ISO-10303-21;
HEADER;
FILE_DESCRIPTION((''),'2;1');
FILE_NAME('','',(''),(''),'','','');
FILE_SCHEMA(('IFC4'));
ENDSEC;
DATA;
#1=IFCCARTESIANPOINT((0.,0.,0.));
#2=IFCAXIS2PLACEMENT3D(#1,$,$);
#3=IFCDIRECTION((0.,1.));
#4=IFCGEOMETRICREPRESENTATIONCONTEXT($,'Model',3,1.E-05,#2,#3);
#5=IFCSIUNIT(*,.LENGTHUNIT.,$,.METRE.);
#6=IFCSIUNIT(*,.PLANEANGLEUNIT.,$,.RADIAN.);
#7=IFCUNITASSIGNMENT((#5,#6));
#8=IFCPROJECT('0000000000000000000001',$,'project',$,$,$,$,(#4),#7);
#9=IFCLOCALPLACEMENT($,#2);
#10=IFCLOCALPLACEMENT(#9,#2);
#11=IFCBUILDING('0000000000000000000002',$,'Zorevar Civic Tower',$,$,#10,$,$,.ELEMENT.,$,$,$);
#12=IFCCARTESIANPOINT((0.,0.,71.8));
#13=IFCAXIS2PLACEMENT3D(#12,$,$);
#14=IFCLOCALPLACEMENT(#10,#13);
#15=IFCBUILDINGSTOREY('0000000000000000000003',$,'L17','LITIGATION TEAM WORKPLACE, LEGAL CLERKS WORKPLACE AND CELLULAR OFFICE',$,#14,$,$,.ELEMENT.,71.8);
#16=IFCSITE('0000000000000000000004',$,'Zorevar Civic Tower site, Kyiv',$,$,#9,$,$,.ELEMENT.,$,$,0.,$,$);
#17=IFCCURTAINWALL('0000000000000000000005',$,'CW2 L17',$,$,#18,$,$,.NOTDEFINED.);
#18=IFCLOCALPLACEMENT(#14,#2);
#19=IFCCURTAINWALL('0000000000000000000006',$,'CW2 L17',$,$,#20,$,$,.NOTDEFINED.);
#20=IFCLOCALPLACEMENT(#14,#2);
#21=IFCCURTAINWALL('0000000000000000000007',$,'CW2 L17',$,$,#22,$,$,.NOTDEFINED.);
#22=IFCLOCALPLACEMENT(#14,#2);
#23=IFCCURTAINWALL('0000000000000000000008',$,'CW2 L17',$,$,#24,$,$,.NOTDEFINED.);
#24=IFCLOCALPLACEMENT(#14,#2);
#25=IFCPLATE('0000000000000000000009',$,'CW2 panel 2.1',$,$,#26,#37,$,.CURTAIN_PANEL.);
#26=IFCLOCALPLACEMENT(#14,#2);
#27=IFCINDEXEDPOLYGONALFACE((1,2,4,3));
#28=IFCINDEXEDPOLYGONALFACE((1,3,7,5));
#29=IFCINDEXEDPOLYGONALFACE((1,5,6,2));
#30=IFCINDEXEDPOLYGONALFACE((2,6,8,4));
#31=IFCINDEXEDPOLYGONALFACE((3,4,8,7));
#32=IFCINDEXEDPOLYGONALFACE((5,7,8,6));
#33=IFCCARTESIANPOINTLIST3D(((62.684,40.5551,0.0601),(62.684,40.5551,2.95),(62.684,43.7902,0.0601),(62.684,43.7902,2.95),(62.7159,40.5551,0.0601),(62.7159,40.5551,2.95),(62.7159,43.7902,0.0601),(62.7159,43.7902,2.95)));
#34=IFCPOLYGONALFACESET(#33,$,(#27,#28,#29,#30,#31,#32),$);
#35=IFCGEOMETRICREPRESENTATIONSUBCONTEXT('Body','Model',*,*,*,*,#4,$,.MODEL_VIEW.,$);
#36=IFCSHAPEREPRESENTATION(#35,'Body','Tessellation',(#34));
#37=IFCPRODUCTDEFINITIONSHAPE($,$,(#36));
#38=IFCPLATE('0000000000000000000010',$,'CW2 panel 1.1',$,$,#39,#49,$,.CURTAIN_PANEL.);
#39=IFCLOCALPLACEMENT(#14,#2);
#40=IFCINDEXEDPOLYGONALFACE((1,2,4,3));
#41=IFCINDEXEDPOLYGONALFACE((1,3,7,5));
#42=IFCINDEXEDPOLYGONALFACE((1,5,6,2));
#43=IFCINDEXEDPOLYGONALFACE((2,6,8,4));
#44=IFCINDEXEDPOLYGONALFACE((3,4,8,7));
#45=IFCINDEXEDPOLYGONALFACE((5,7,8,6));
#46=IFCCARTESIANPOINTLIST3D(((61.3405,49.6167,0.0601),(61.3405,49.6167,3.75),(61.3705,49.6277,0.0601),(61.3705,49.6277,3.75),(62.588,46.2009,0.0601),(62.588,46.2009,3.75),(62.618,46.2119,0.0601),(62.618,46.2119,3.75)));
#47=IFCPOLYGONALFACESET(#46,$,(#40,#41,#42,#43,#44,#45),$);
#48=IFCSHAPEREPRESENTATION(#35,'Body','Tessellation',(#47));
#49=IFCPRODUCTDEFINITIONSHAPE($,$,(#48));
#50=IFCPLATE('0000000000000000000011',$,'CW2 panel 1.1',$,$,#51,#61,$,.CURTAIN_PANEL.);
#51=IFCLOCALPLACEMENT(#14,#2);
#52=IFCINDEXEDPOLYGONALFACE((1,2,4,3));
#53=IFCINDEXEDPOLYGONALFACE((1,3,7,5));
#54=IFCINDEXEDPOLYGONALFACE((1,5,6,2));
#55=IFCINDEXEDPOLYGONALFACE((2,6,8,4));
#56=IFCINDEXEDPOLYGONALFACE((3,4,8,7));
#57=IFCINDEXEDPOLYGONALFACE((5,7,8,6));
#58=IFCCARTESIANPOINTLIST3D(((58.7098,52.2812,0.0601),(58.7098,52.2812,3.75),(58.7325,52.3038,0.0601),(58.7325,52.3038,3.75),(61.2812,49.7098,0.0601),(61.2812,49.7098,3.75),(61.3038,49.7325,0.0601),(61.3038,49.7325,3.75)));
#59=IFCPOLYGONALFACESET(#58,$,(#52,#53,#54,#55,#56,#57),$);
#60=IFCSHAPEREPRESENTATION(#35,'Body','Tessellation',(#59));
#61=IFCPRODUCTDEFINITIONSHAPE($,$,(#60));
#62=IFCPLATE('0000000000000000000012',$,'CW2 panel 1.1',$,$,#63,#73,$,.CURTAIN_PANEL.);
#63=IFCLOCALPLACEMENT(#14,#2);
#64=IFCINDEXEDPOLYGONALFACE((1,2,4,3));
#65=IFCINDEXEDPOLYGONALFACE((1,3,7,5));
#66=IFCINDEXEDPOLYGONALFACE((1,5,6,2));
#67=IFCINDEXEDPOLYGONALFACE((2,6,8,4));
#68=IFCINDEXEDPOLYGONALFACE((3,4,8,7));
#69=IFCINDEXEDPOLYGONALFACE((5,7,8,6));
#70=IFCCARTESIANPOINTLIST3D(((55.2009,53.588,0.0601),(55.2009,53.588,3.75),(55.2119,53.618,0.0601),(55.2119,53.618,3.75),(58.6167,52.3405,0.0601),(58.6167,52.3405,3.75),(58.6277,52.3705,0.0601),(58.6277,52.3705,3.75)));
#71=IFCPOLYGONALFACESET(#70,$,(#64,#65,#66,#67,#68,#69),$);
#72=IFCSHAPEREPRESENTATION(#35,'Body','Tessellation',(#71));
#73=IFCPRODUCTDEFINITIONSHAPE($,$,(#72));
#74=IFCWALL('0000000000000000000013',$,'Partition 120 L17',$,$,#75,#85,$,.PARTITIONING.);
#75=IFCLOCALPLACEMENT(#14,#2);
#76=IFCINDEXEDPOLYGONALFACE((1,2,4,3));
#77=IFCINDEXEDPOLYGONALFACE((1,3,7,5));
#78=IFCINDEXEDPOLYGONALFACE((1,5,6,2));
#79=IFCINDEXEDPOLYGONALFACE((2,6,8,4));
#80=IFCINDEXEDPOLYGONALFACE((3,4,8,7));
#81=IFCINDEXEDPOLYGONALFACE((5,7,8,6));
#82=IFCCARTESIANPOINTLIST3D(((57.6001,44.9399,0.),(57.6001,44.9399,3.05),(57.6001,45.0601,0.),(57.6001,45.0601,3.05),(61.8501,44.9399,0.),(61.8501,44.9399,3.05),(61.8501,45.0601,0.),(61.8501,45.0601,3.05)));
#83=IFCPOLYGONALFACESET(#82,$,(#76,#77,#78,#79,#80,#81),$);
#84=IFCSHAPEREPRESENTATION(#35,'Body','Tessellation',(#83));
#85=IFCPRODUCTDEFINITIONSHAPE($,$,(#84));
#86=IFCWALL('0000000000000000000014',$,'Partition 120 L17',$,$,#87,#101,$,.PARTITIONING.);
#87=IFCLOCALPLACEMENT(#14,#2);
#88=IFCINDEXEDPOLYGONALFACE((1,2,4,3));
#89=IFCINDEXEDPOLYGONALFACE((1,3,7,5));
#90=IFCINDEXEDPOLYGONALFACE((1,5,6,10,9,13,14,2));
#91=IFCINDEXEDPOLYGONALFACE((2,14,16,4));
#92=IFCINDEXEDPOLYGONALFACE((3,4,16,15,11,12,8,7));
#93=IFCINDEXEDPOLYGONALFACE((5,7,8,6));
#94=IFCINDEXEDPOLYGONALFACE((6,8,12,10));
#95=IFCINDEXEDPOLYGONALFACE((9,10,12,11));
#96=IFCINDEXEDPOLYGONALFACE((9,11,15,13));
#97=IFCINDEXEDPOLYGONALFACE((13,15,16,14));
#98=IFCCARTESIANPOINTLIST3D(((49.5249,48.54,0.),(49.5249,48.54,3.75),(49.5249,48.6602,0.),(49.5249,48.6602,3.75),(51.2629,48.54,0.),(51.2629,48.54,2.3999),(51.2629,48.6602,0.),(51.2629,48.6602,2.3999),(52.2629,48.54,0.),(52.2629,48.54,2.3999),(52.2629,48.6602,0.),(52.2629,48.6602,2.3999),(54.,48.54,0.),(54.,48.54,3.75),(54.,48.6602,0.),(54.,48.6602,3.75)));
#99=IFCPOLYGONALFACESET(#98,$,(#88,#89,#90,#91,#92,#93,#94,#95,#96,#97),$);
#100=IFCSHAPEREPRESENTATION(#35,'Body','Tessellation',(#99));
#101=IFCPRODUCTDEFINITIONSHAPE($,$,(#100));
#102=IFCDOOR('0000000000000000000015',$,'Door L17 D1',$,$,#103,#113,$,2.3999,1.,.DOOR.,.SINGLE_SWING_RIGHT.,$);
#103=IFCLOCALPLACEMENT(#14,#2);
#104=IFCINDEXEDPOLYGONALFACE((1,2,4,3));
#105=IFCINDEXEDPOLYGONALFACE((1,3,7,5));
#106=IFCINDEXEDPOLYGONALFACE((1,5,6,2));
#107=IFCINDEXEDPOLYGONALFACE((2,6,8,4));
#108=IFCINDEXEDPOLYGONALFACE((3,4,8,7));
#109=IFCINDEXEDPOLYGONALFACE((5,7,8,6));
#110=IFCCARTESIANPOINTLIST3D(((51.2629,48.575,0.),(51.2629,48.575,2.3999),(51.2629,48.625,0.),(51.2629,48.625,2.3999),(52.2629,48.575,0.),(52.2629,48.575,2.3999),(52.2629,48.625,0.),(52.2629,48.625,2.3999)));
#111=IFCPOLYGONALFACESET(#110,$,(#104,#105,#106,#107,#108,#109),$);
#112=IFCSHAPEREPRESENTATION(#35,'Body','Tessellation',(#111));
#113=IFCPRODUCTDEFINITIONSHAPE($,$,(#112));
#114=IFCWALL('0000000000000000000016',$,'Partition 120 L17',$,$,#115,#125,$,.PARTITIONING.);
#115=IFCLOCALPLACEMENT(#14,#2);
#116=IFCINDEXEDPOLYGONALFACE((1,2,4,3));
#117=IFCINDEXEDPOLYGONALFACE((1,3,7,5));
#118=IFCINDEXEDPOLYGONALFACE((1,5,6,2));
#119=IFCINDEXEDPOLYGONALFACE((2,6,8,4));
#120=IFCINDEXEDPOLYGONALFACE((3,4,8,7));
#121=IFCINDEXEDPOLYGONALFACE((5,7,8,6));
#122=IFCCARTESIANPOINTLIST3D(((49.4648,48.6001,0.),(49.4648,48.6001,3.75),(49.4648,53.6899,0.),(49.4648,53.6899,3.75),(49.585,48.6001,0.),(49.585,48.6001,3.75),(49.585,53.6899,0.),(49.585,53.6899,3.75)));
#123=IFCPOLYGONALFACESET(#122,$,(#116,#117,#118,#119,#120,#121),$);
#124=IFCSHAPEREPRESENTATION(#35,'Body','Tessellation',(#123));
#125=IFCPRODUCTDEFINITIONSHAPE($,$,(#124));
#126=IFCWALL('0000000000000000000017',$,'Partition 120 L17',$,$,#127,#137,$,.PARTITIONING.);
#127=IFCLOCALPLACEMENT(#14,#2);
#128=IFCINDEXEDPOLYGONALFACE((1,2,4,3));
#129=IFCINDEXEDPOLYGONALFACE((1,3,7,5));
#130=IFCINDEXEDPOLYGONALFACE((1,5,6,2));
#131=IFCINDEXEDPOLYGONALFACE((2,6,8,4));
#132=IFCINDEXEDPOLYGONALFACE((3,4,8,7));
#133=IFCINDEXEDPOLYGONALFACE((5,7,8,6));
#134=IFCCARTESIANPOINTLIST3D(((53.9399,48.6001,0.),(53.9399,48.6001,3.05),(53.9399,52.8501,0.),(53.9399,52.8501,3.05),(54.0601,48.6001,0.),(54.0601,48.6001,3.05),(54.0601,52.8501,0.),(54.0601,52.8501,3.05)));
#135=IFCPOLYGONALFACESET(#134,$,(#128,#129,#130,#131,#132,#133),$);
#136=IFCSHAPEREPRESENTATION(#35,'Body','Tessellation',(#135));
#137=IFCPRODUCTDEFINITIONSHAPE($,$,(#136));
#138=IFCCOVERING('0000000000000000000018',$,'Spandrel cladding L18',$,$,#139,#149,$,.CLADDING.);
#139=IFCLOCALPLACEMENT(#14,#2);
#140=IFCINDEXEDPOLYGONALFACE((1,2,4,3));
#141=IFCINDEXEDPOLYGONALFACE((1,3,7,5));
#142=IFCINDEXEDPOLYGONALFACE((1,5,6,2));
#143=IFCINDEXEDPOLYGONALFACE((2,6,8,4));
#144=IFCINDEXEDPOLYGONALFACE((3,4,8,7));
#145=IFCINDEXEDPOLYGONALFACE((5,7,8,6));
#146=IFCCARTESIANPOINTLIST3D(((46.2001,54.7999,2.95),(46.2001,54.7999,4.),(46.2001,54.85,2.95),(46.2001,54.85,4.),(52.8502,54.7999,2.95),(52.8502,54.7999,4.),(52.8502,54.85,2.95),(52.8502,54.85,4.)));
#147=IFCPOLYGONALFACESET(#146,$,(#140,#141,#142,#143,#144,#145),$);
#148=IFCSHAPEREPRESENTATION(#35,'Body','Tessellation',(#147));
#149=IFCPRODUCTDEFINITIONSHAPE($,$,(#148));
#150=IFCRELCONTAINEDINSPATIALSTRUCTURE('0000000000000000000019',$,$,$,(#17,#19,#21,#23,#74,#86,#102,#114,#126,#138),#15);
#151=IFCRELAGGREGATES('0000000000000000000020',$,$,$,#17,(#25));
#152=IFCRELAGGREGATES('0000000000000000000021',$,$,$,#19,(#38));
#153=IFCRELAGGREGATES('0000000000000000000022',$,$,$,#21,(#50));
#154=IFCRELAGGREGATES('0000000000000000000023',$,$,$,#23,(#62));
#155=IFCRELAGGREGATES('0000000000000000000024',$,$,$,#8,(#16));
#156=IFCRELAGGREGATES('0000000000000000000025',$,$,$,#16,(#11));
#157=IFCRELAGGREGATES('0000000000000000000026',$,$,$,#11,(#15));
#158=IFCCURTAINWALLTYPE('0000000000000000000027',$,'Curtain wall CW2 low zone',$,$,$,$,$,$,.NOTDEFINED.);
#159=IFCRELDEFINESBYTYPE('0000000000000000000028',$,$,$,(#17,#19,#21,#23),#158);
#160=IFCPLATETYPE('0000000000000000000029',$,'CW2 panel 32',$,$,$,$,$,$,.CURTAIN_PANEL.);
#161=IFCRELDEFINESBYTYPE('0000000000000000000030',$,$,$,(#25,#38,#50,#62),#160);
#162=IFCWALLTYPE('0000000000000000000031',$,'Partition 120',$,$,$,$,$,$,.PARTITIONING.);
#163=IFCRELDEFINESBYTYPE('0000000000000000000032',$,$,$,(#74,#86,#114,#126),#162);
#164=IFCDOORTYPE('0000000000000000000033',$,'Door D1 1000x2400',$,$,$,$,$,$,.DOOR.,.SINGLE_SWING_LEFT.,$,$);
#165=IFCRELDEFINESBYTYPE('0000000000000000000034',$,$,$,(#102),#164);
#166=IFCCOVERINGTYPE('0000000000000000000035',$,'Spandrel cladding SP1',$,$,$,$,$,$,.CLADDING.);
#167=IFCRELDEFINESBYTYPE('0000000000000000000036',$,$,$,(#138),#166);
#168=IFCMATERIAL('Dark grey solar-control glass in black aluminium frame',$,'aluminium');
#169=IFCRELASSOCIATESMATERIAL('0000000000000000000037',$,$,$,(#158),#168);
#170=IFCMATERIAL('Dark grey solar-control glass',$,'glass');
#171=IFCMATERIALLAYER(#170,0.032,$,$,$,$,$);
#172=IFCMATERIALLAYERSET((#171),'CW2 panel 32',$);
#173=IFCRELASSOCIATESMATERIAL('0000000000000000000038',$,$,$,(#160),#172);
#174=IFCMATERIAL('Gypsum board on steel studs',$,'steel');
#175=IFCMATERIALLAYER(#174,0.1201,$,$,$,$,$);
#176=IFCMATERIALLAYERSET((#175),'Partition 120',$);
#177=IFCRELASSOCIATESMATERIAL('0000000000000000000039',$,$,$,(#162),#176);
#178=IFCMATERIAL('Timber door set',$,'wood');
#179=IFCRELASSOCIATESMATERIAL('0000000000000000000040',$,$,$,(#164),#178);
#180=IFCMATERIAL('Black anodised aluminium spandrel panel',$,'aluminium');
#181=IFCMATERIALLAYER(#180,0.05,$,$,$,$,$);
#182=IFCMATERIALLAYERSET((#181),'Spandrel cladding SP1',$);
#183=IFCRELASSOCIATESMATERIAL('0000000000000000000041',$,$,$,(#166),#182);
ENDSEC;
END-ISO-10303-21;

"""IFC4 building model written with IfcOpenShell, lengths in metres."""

from ifc_helpers import new_model, si_unit, direction, frame, frame_2d, origin, origin_2d, place, context, subcontext, project, spatial, rectangle, extrude, material, layer, layer_set, type_object, element, fill, aggregate, save


model = new_model("IFC4")

# Units and contexts
model_context = context("Model", 3, precision=1e-05, world=origin(), true_north=direction((0.0, 1.0)))
body_context = subcontext(model_context, "Body", "Model", "MODEL_VIEW")
ifc_project = project(units=[si_unit("LENGTHUNIT", "METRE"), si_unit("PLANEANGLEUNIT", "RADIAN")], contexts=[model_context])

# Site, building, storey
site_placement = place(None, origin())
site = spatial("IfcSite", under=ifc_project, at=site_placement, Name="Zorevar Civic Tower site, Kyiv", CompositionType="ELEMENT", RefElevation=0.0)
building_placement = place(site_placement, origin())
building = spatial("IfcBuilding", under=site, at=building_placement, Name="Zorevar Civic Tower", CompositionType="ELEMENT")
storey_placement = place(building_placement, frame((0.0, 0.0, 71.8)))
storey = spatial("IfcBuildingStorey", under=building, at=storey_placement, Name="L17", Description="LITIGATION TEAM WORKPLACE, LEGAL CLERKS WORKPLACE AND CELLULAR OFFICE", CompositionType="ELEMENT", Elevation=71.8)

# Shared definitions
ifc_material_1 = material(Name="Dark grey solar-control glass in black aluminium frame", Category="aluminium")
curtain_wall_type = type_object("IfcCurtainWallType", Name="Curtain wall CW2 low zone", PredefinedType="NOTDEFINED", material=ifc_material_1)

# Curtain wall
curtain_wall_1_placement = place(storey_placement, origin())
curtain_wall_1 = element("IfcCurtainWall", 1, at=curtain_wall_1_placement, inside=storey, type_object=curtain_wall_type, Name="CW2 L17", PredefinedType="NOTDEFINED")

# Curtain walls
curtain_wall_2_placement = place(storey_placement, origin())
curtain_wall_2 = element("IfcCurtainWall", 2, at=curtain_wall_2_placement, inside=storey, type_object=curtain_wall_type, Name="CW2 L17", PredefinedType="NOTDEFINED")
curtain_wall_3_placement = place(storey_placement, origin())
curtain_wall_3 = element("IfcCurtainWall", 3, at=curtain_wall_3_placement, inside=storey, type_object=curtain_wall_type, Name="CW2 L17", PredefinedType="NOTDEFINED")
curtain_wall_4_placement = place(storey_placement, origin())
curtain_wall_4 = element("IfcCurtainWall", 4, at=curtain_wall_4_placement, inside=storey, type_object=curtain_wall_type, Name="CW2 L17", PredefinedType="NOTDEFINED")

# Plates
ifc_material_2 = material(Name="Dark grey solar-control glass", Category="glass")
ifc_layer_1 = layer(ifc_material_2, 0.032)
ifc_layer_set_1 = layer_set([ifc_layer_1], Name="CW2 panel 32")
plate_type = type_object("IfcPlateType", Name="CW2 panel 32", PredefinedType="CURTAIN_PANEL", material=ifc_layer_set_1)
plate_1_placement = place(storey_placement, frame((62.7, 42.1726, 0.0601), z_axis=(0.0, 0.0, 1.0), x_axis=(0.0, 1.0, 0.0)))
plate_1 = element("IfcPlate", 5, at=plate_1_placement, type_object=plate_type, Name="CW2 panel 2.1", PredefinedType="CURTAIN_PANEL", context=body_context, shape_type="SweptSolid", body=[
    extrude(rectangle(XDim=3.2351, YDim=0.032, at=origin_2d()), origin(), (0.0, 0.0, 1.0), 2.8899),
])
aggregate(curtain_wall_1, [plate_1])
plate_2_placement = place(storey_placement, frame((61.9792, 47.9143, 0.0601), z_axis=(0.0, 0.0, 1.0), x_axis=(-0.34306, 0.939313, 0.0)))
plate_2 = element("IfcPlate", 6, at=plate_2_placement, type_object=plate_type, Name="CW2 panel 1.1", PredefinedType="CURTAIN_PANEL", context=body_context, shape_type="SweptSolid", body=[
    extrude(rectangle(XDim=3.6365, YDim=0.032, at=origin_2d()), origin(), (0.0, 0.0, 1.0), 3.6899),
])
aggregate(curtain_wall_2, [plate_2])
plate_3_placement = place(storey_placement, frame((60.0068, 51.0068, 0.0601), z_axis=(0.0, 0.0, 1.0), x_axis=(-0.707107, 0.707107, 0.0)))
plate_3 = element("IfcPlate", 7, at=plate_3_placement, type_object=plate_type, Name="CW2 panel 1.1", PredefinedType="CURTAIN_PANEL", context=body_context, shape_type="SweptSolid", body=[
    extrude(rectangle(XDim=3.6365, YDim=0.032, at=origin_2d()), origin(), (0.0, 0.0, 1.0), 3.6899),
])
aggregate(curtain_wall_3, [plate_3])
plate_4_placement = place(storey_placement, frame((56.9143, 52.9792, 0.0601), z_axis=(0.0, 0.0, 1.0), x_axis=(-0.939313, 0.34306, 0.0)))
plate_4 = element("IfcPlate", 8, at=plate_4_placement, type_object=plate_type, Name="CW2 panel 1.1", PredefinedType="CURTAIN_PANEL", context=body_context, shape_type="SweptSolid", body=[
    extrude(rectangle(XDim=3.6365, YDim=0.032, at=origin_2d()), origin(), (0.0, 0.0, 1.0), 3.6899),
])
aggregate(curtain_wall_4, [plate_4])

# Wall
ifc_material_3 = material(Name="Gypsum board on steel studs", Category="steel")
ifc_layer_2 = layer(ifc_material_3, 0.1201)
ifc_layer_set_2 = layer_set([ifc_layer_2], Name="Partition 120")
wall_type = type_object("IfcWallType", Name="Partition 120", PredefinedType="PARTITIONING", material=ifc_layer_set_2)
wall_1_placement = place(storey_placement, frame((57.6001, 45.0, 0.0), z_axis=(0.0, 0.0, 1.0), x_axis=(1.0, 0.0, 0.0)))
element("IfcWall", 9, at=wall_1_placement, inside=storey, type_object=wall_type, Name="Partition 120 L17", PredefinedType="PARTITIONING", context=body_context, shape_type="SweptSolid", body=[
    extrude(rectangle(XDim=4.25, YDim=0.1201, at=frame_2d((2.125, 0.0))), origin(), (0.0, 0.0, 1.0), 3.05),
])

# Wall, opening, door
wall_2_placement = place(storey_placement, frame((49.5249, 48.6001, 0.0), z_axis=(0.0, 0.0, 1.0), x_axis=(1.0, 0.0, 0.0)))
wall_2 = element("IfcWall", 10, at=wall_2_placement, inside=storey, type_object=wall_type, Name="Partition 120 L17", PredefinedType="PARTITIONING", context=body_context, shape_type="SweptSolid", body=[
    extrude(rectangle(XDim=4.4751, YDim=0.1201, at=frame_2d((2.2375, 0.0))), origin(), (0.0, 0.0, 1.0), 3.75),
])
opening_placement = place(wall_2_placement, frame((1.738, 0.0, 0.0)))
opening = element("IfcOpeningElement", 11, at=opening_placement, cuts=wall_2, PredefinedType="OPENING", context=body_context, shape_type="SweptSolid", body=[
    extrude(rectangle(XDim=1.0, YDim=2.3999, at=frame_2d((0.5, 1.2))), frame((0.0, 0.0701, 0.0), z_axis=(0.0, -1.0, 0.0), x_axis=(1.0, 0.0, 0.0)), (0.0, 0.0, 1.0), 0.1401),
])
ifc_material_4 = material(Name="Timber door set", Category="wood")
door_type = type_object("IfcDoorType", Name="Door D1 1000x2400", OperationType="SINGLE_SWING_LEFT", PredefinedType="DOOR", material=ifc_material_4)
door_placement = place(opening_placement, origin())
door = element("IfcDoor", 12, at=door_placement, inside=storey, type_object=door_type, Name="Door L17 D1", OperationType="SINGLE_SWING_RIGHT", OverallHeight=2.3999, OverallWidth=1.0, PredefinedType="DOOR", context=body_context, shape_type="SweptSolid", body=[
    extrude(rectangle(XDim=1.0, YDim=2.3999, at=frame_2d((0.5, 1.2))), frame((0.0, 0.0249, 0.0), z_axis=(0.0, -1.0, 0.0), x_axis=(1.0, 0.0, 0.0)), (0.0, 0.0, 1.0), 0.05),
])
fill(opening, door)

# Walls
wall_3_placement = place(storey_placement, frame((49.5249, 48.6001, 0.0), z_axis=(0.0, 0.0, 1.0), x_axis=(0.0, 1.0, 0.0)))
element("IfcWall", 13, at=wall_3_placement, inside=storey, type_object=wall_type, Name="Partition 120 L17", PredefinedType="PARTITIONING", context=body_context, shape_type="SweptSolid", body=[
    extrude(rectangle(XDim=5.0898, YDim=0.1201, at=frame_2d((2.5449, 0.0))), origin(), (0.0, 0.0, 1.0), 3.75),
])
wall_4_placement = place(storey_placement, frame((54.0, 48.6001, 0.0), z_axis=(0.0, 0.0, 1.0), x_axis=(0.0, 1.0, 0.0)))
element("IfcWall", 14, at=wall_4_placement, inside=storey, type_object=wall_type, Name="Partition 120 L17", PredefinedType="PARTITIONING", context=body_context, shape_type="SweptSolid", body=[
    extrude(rectangle(XDim=4.25, YDim=0.1201, at=frame_2d((2.125, 0.0))), origin(), (0.0, 0.0, 1.0), 3.05),
])

# Covering
ifc_material_5 = material(Name="Black anodised aluminium spandrel panel", Category="aluminium")
ifc_layer_3 = layer(ifc_material_5, 0.05)
ifc_layer_set_3 = layer_set([ifc_layer_3], Name="Spandrel cladding SP1")
covering_type = type_object("IfcCoveringType", Name="Spandrel cladding SP1", PredefinedType="CLADDING", material=ifc_layer_set_3)
covering_placement = place(storey_placement, frame((46.2, 54.825, 2.95), z_axis=(0.0, 0.0, 1.0), x_axis=(1.0, 0.0, 0.0)))
element("IfcCovering", 15, at=covering_placement, inside=storey, type_object=covering_type, Name="Spandrel cladding L18", PredefinedType="CLADDING", context=body_context, shape_type="SweptSolid", body=[
    extrude(rectangle(XDim=6.6501, YDim=0.05, at=frame_2d((3.3252, 0.0))), origin(), (0.0, 0.0, 1.0), 1.05),
])

save(model, "model.ifc")
